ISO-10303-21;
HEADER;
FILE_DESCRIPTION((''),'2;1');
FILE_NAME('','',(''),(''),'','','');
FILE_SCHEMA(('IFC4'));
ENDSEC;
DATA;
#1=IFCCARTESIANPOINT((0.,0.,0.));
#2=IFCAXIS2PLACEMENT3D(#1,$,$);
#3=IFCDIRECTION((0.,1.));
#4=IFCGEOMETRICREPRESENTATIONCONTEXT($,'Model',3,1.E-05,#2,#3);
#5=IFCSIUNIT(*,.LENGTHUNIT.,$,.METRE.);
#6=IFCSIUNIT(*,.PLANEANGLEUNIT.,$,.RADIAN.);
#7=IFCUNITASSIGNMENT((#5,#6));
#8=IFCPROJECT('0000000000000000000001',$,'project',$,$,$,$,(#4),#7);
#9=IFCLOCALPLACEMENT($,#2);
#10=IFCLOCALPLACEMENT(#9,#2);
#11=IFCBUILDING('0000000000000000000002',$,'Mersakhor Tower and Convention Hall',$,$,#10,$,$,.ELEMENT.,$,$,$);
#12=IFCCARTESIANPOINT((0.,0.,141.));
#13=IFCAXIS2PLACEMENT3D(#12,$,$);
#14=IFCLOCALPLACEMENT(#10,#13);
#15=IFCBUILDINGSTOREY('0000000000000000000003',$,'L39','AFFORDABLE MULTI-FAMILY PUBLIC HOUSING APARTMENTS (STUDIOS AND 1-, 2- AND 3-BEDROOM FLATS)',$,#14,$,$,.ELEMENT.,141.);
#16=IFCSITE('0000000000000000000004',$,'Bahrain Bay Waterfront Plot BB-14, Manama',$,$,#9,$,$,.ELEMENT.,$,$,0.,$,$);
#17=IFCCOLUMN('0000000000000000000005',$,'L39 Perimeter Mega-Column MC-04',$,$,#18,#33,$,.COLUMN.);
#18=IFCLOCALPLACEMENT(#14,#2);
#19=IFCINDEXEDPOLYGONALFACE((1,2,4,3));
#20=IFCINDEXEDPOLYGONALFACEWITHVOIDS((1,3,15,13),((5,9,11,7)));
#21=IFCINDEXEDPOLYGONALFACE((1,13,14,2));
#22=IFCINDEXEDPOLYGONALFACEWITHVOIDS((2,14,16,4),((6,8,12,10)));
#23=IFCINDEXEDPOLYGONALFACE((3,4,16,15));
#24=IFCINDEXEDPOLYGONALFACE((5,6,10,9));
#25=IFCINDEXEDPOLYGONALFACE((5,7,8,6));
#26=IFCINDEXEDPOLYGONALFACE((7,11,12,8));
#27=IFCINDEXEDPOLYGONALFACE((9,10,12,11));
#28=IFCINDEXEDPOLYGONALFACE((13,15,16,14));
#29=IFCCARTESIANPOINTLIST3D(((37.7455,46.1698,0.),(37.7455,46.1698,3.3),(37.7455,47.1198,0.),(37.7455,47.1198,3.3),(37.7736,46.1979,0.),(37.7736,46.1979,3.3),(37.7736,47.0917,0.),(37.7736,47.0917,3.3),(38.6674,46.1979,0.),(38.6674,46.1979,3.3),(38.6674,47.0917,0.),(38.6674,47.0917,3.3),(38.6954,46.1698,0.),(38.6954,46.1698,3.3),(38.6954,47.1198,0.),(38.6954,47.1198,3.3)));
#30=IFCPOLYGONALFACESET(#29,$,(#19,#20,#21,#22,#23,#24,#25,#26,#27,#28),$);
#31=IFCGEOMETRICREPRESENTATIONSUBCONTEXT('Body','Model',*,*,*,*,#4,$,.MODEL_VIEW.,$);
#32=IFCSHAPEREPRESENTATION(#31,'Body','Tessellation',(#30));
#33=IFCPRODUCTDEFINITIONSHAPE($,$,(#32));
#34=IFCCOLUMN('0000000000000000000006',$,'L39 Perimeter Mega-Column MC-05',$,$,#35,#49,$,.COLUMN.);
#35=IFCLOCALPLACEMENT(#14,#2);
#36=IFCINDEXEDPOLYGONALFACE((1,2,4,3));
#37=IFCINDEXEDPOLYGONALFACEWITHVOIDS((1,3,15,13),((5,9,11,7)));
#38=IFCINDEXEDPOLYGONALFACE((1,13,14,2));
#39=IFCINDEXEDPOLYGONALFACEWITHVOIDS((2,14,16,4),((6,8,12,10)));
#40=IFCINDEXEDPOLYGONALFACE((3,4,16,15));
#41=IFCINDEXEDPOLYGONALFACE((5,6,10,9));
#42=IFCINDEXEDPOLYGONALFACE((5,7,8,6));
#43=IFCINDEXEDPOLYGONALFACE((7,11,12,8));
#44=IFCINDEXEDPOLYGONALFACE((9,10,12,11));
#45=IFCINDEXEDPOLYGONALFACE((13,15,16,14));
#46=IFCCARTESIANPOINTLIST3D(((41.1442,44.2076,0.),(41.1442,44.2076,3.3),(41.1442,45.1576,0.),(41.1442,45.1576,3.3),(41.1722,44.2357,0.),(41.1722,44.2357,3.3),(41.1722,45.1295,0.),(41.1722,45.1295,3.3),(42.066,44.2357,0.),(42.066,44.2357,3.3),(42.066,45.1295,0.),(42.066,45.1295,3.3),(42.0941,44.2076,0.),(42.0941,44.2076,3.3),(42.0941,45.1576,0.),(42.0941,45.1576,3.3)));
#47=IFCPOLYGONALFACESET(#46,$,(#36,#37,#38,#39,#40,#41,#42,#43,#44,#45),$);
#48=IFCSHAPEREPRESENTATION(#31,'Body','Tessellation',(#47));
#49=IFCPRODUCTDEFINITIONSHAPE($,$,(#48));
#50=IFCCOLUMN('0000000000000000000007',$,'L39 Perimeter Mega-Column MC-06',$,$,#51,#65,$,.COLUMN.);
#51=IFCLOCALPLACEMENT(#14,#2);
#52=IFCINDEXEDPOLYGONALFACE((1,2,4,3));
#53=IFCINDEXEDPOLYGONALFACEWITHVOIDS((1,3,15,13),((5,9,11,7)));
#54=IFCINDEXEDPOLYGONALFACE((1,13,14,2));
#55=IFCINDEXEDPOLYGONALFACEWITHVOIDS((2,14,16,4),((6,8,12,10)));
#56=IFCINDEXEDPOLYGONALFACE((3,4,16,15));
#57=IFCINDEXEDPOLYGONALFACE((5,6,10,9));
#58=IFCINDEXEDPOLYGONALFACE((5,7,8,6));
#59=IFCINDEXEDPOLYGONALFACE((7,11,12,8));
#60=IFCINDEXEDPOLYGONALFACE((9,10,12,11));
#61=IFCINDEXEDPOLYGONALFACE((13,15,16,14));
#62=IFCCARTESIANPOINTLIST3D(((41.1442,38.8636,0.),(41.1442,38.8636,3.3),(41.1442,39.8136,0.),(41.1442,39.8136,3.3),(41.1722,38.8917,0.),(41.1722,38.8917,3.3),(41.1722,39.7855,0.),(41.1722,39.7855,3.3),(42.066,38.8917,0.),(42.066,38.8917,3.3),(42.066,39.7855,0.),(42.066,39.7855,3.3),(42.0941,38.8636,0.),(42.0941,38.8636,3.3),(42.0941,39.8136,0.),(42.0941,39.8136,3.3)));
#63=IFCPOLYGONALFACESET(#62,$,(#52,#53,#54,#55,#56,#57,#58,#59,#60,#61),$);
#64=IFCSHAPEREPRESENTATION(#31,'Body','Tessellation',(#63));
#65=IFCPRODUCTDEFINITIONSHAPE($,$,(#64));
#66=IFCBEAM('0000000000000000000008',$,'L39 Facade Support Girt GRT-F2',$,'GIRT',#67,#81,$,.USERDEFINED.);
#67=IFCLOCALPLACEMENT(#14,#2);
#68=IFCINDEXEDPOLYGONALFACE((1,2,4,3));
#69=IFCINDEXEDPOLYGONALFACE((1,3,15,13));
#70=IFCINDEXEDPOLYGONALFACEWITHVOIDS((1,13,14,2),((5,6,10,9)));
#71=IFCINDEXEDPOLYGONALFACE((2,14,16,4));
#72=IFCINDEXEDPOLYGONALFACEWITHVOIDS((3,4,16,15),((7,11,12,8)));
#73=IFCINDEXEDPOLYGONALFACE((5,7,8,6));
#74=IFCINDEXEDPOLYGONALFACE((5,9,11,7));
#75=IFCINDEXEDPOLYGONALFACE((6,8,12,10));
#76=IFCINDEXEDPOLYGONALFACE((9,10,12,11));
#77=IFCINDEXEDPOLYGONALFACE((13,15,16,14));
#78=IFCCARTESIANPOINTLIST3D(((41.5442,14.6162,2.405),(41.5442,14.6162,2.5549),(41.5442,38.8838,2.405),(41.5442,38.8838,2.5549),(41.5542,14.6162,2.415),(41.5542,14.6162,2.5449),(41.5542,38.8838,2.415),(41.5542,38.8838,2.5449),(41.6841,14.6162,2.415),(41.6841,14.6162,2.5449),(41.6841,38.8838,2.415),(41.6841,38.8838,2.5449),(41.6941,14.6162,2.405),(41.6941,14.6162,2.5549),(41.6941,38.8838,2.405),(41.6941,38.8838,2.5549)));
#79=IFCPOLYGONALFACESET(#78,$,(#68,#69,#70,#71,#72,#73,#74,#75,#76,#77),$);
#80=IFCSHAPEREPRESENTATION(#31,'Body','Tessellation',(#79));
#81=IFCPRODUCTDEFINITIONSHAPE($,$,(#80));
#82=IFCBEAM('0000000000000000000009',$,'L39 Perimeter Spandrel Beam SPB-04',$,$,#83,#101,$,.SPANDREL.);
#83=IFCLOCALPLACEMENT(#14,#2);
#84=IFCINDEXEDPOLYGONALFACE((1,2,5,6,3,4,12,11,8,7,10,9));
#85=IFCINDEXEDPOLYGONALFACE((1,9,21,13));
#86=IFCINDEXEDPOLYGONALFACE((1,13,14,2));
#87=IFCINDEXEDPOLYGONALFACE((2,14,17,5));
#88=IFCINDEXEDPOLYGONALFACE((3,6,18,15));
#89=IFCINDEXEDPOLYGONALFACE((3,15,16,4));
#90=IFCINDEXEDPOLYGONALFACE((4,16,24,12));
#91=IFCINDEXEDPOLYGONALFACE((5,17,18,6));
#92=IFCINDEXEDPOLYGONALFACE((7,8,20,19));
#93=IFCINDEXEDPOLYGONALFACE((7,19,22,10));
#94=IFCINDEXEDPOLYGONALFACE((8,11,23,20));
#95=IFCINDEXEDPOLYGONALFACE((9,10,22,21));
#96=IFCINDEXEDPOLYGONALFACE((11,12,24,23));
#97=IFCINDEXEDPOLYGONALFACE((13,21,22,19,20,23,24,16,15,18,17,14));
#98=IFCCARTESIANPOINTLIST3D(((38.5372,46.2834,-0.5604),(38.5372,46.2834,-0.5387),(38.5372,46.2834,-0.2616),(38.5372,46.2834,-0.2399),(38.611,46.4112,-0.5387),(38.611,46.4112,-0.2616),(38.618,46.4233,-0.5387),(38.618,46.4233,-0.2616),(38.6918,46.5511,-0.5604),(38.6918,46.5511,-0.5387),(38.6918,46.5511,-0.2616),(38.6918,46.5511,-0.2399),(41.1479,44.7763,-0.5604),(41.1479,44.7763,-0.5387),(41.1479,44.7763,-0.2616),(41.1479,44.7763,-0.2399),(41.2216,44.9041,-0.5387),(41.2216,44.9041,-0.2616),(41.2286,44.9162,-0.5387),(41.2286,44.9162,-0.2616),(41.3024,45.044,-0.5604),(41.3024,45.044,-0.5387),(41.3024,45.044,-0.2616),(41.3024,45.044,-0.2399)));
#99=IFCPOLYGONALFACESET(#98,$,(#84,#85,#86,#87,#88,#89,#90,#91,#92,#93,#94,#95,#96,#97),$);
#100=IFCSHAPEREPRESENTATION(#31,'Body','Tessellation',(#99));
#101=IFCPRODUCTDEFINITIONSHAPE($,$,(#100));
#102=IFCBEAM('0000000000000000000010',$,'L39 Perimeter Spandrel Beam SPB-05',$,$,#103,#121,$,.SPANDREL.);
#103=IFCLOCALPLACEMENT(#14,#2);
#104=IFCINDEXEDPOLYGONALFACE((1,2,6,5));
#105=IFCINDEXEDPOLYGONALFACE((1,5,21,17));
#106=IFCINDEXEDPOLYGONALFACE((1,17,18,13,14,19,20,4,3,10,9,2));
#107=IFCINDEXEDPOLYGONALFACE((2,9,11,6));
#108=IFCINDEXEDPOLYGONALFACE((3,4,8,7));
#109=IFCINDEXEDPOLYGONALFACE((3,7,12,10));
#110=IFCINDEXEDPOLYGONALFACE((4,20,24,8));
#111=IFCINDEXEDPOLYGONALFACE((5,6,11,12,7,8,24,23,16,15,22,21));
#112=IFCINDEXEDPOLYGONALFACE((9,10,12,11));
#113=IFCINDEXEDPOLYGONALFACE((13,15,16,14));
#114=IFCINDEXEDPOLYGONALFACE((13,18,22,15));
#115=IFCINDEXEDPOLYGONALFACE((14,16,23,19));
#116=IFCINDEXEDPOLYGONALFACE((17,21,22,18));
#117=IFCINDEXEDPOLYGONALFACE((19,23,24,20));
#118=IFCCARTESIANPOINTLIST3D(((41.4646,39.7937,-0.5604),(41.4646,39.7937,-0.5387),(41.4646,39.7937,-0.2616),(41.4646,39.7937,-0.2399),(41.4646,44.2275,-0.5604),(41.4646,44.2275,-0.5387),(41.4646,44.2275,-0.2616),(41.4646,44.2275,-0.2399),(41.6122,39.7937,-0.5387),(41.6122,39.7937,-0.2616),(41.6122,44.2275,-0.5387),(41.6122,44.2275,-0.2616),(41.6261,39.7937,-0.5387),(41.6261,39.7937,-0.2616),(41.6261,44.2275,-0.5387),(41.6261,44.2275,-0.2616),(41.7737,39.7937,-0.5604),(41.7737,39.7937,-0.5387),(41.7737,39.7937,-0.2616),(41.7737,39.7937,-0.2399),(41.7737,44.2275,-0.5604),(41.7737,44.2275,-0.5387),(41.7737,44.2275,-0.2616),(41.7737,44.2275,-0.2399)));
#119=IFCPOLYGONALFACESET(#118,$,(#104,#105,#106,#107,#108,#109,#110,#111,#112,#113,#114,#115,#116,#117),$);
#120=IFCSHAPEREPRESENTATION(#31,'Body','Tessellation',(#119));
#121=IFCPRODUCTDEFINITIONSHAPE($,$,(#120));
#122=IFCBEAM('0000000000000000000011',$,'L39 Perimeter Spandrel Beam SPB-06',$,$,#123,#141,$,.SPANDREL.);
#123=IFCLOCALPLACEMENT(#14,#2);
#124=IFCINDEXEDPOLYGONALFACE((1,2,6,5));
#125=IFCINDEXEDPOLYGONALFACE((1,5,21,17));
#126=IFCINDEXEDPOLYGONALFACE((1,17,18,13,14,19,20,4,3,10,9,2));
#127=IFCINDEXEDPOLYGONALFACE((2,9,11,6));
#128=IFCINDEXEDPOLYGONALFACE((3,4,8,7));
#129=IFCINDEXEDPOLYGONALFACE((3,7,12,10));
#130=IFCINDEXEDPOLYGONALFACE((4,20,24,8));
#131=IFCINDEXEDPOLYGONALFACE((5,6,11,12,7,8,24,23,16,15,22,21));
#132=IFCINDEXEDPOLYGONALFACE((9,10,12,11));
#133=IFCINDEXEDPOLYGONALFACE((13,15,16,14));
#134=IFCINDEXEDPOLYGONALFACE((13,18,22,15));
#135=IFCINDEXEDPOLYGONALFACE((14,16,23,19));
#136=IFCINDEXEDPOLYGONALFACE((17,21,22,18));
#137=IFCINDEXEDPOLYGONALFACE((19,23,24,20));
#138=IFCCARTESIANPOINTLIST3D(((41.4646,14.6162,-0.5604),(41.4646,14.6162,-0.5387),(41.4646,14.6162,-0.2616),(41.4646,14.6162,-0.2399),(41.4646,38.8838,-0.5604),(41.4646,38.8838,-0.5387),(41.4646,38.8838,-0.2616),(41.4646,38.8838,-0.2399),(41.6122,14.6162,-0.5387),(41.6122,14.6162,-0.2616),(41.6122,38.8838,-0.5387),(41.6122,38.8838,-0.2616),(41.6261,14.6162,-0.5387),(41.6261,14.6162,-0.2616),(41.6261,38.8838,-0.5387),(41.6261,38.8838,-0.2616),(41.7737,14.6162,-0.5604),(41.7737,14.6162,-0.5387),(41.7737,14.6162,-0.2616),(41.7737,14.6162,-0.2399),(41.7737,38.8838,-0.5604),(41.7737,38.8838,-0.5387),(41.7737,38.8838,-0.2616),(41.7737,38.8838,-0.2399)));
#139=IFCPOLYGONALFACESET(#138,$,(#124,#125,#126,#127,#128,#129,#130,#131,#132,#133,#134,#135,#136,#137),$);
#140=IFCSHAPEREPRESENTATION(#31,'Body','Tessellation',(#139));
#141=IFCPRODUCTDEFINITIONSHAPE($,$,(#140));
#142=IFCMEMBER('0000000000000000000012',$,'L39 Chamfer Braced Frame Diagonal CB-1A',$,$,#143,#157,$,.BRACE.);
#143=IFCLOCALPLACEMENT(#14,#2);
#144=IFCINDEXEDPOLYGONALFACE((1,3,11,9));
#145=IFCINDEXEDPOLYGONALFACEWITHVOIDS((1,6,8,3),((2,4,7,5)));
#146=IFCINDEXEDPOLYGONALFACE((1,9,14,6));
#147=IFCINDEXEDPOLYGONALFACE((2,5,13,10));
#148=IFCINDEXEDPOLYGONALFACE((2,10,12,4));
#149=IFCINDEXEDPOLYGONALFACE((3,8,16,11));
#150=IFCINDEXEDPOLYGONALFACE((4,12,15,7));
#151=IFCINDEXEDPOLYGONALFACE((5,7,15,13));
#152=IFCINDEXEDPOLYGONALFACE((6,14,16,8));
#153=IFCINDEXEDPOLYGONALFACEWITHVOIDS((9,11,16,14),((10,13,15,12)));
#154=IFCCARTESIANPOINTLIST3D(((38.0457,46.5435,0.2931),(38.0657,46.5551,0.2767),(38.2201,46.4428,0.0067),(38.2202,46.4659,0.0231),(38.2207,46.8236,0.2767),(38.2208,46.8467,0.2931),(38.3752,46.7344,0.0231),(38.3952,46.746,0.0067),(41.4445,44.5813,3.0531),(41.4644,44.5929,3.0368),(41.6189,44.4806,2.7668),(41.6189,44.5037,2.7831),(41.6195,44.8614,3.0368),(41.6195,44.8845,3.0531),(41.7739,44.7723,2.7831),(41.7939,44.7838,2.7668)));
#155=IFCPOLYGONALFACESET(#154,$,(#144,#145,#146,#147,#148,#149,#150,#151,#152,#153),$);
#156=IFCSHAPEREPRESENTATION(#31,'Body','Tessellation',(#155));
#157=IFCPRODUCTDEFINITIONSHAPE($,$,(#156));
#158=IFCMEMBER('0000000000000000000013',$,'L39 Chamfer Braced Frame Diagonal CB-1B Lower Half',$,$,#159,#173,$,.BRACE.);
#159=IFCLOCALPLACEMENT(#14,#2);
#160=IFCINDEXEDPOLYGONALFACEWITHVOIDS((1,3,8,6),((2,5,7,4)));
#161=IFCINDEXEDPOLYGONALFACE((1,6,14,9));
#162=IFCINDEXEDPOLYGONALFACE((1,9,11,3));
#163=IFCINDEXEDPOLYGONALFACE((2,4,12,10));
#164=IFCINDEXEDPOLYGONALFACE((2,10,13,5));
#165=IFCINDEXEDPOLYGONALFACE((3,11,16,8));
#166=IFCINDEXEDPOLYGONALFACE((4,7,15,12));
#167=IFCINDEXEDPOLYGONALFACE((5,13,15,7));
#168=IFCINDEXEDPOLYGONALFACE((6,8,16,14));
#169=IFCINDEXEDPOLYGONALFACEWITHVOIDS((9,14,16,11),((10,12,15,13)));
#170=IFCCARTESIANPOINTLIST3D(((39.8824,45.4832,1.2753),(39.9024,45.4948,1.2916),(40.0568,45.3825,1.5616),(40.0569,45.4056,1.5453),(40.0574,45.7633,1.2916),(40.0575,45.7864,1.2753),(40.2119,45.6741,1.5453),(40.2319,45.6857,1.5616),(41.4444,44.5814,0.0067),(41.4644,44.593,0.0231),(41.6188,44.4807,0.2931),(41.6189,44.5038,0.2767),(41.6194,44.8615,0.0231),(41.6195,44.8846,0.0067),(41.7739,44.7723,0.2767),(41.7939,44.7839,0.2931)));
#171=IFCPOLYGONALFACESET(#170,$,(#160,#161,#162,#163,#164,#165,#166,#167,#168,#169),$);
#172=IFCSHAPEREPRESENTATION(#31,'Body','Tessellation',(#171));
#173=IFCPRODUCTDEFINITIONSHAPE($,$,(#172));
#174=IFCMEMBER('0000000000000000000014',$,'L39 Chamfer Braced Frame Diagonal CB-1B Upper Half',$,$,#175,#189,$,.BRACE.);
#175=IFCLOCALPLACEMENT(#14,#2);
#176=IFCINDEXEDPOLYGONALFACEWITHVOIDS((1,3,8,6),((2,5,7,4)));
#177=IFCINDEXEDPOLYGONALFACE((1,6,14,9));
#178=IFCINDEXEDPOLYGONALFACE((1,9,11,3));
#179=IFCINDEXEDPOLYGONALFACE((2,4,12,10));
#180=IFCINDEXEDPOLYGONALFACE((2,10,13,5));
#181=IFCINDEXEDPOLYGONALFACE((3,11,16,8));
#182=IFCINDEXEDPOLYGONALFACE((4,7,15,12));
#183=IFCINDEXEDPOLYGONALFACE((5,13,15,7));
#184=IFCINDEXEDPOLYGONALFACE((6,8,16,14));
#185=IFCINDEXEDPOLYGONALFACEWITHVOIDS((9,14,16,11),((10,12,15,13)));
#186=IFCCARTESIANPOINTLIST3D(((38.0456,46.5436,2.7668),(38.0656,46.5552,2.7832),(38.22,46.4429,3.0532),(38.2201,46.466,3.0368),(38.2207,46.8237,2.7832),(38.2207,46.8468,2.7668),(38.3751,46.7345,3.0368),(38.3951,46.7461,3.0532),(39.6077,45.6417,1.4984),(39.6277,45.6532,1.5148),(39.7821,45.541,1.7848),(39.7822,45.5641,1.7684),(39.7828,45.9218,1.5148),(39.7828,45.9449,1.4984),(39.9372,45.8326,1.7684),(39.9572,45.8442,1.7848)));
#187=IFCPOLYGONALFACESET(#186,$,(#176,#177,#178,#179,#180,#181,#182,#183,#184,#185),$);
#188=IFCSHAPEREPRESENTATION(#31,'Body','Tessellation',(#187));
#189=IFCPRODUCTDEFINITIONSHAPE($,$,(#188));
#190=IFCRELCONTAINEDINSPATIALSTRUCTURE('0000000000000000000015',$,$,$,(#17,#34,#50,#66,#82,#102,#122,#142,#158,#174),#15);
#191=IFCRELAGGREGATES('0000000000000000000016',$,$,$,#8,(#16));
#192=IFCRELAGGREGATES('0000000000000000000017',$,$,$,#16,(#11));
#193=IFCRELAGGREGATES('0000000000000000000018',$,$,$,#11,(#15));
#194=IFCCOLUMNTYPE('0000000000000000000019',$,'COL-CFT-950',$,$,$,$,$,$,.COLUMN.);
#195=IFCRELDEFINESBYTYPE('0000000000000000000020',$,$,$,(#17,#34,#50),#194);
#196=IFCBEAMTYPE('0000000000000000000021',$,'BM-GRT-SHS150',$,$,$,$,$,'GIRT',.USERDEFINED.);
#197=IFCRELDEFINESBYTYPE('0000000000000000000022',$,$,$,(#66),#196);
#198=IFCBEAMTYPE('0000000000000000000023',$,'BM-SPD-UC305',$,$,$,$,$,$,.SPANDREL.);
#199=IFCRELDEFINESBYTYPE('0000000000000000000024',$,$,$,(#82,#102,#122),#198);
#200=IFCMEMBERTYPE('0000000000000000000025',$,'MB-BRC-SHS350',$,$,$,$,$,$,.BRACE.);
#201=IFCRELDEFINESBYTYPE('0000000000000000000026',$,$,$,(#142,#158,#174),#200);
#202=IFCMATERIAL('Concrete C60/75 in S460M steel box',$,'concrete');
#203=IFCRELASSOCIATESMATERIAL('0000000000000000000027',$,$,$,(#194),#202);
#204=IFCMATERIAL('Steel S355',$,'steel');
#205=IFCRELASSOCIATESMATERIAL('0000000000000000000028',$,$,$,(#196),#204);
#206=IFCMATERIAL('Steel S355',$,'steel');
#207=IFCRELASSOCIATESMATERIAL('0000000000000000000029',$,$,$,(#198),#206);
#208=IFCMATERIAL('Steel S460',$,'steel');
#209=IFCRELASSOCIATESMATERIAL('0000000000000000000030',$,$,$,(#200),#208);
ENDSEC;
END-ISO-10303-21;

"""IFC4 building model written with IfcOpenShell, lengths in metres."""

from ifc_helpers import new_model, si_unit, direction, frame, origin, origin_2d, place, context, subcontext, project, spatial, hollow_rectangle, i_section, extrude, material, material_profile, profile_set, type_object, element, save


model = new_model("IFC4")

# Units and contexts
model_context = context("Model", 3, precision=1e-05, world=origin(), true_north=direction((0.0, 1.0)))
body_context = subcontext(model_context, "Body", "Model", "MODEL_VIEW")
ifc_project = project(units=[si_unit("LENGTHUNIT", "METRE"), si_unit("PLANEANGLEUNIT", "RADIAN")], contexts=[model_context])

# Site, building, storey
site_placement = place(None, origin())
site = spatial("IfcSite", under=ifc_project, at=site_placement, Name="Bahrain Bay Waterfront Plot BB-14, Manama", CompositionType="ELEMENT", RefElevation=0.0)
building_placement = place(site_placement, origin())
building = spatial("IfcBuilding", under=site, at=building_placement, Name="Mersakhor Tower and Convention Hall", CompositionType="ELEMENT")
storey_placement = place(building_placement, frame((0.0, 0.0, 141.0)))
storey = spatial("IfcBuildingStorey", under=building, at=storey_placement, Name="L39", Description="AFFORDABLE MULTI-FAMILY PUBLIC HOUSING APARTMENTS (STUDIOS AND 1-, 2- AND 3-BEDROOM FLATS)", CompositionType="ELEMENT", Elevation=141.0)

# Columns
ifc_material_1 = material(Name="Concrete C60/75 in S460M steel box", Category="concrete")
ifc_material_profile_1 = material_profile(ifc_material_1, hollow_rectangle(XDim=0.95, YDim=0.95, WallThickness=0.0281, at=origin_2d()), Name="SHS 950x950x28")
ifc_profile_set_1 = profile_set([ifc_material_profile_1], Name="Concrete C60/75 in S460M steel box")
column_type = type_object("IfcColumnType", Name="COL-CFT-950", PredefinedType="COLUMN", material=ifc_profile_set_1)
for number, where, z_axis, x_axis, name in (
    (1, (38.2205, 46.6448, 0.0), (0.0, 0.0, 1.0), (1.0, 0.0, 0.0), "L39 Perimeter Mega-Column MC-04"),
    (2, (41.6191, 44.6826, 0.0), (0.0, 0.0, 1.0), (1.0, 0.0, 0.0), "L39 Perimeter Mega-Column MC-05"),
    (3, (41.6191, 39.3386, 0.0), (0.0, 0.0, 1.0), (1.0, 0.0, 0.0), "L39 Perimeter Mega-Column MC-06"),
):
    element("IfcColumn", number, at=place(storey_placement, frame(where, z_axis=z_axis, x_axis=x_axis)), inside=storey, type_object=column_type, Name=name, PredefinedType="COLUMN", context=body_context, shape_type="SweptSolid", body=[
        extrude(hollow_rectangle(XDim=0.95, YDim=0.95, WallThickness=0.0281, at=origin_2d()), origin(), (0.0, 0.0, 1.0), 3.3),
    ])

# Beams
ifc_material_2 = material(Name="Steel S355", Category="steel")
ifc_material_profile_2 = material_profile(ifc_material_2, hollow_rectangle(XDim=0.1499, YDim=0.1499, WallThickness=0.01, at=origin_2d()), Name="SHS 150x150x10")
ifc_profile_set_2 = profile_set([ifc_material_profile_2], Name="Steel S355")
beam_type_1 = type_object("IfcBeamType", Name="BM-GRT-SHS150", ElementType="GIRT", PredefinedType="USERDEFINED", material=ifc_profile_set_2)
beam_1_placement = place(storey_placement, frame((41.6191, 38.8838, 2.48), z_axis=(0.0, -1.0, 0.0), x_axis=(1.0, 0.0, 0.0)))
element("IfcBeam", 4, at=beam_1_placement, inside=storey, type_object=beam_type_1, Name="L39 Facade Support Girt GRT-F2", ObjectType="GIRT", PredefinedType="USERDEFINED", context=body_context, shape_type="SweptSolid", body=[
    extrude(hollow_rectangle(XDim=0.1499, YDim=0.1499, WallThickness=0.01, at=origin_2d()), origin(), (0.0, 0.0, 1.0), 24.2676),
])
ifc_material_3 = material(Name="Steel S355", Category="steel")
ifc_material_profile_3 = material_profile(ifc_material_3, i_section(OverallWidth=0.3091, OverallDepth=0.3206, WebThickness=0.0139, FlangeThickness=0.0217, at=origin_2d()), Name="UC 305x305x137")
ifc_profile_set_3 = profile_set([ifc_material_profile_3], Name="Steel S355")
beam_type_2 = type_object("IfcBeamType", Name="BM-SPD-UC305", PredefinedType="SPANDREL", material=ifc_profile_set_3)
beam_2_placement = place(storey_placement, frame((38.6145, 46.4172, -0.4001), z_axis=(0.866047, -0.499963, 0.0), x_axis=(0.499963, 0.866047, 0.0)))
element("IfcBeam", 5, at=beam_2_placement, inside=storey, type_object=beam_type_2, Name="L39 Perimeter Spandrel Beam SPB-04", PredefinedType="SPANDREL", context=body_context, shape_type="SweptSolid", body=[
    extrude(i_section(OverallWidth=0.3091, OverallDepth=0.3206, WebThickness=0.0139, FlangeThickness=0.0217, at=origin_2d()), origin(), (0.0, 0.0, 1.0), 3.0144),
])
beam_3_placement = place(storey_placement, frame((41.6191, 44.2275, -0.4001), z_axis=(0.0, -1.0, 0.0), x_axis=(1.0, 0.0, 0.0)))
element("IfcBeam", 6, at=beam_3_placement, inside=storey, type_object=beam_type_2, Name="L39 Perimeter Spandrel Beam SPB-05", PredefinedType="SPANDREL", context=body_context, shape_type="SweptSolid", body=[
    extrude(i_section(OverallWidth=0.3091, OverallDepth=0.3206, WebThickness=0.0139, FlangeThickness=0.0217, at=origin_2d()), origin(), (0.0, 0.0, 1.0), 4.4338),
])
beam_4_placement = place(storey_placement, frame((41.6191, 38.8838, -0.4001), z_axis=(0.0, -1.0, 0.0), x_axis=(1.0, 0.0, 0.0)))
element("IfcBeam", 7, at=beam_4_placement, inside=storey, type_object=beam_type_2, Name="L39 Perimeter Spandrel Beam SPB-06", PredefinedType="SPANDREL", context=body_context, shape_type="SweptSolid", body=[
    extrude(i_section(OverallWidth=0.3091, OverallDepth=0.3206, WebThickness=0.0139, FlangeThickness=0.0217, at=origin_2d()), origin(), (0.0, 0.0, 1.0), 24.2676),
])

# Members
ifc_material_4 = material(Name="Steel S460", Category="steel")
ifc_material_profile_4 = material_profile(ifc_material_4, hollow_rectangle(XDim=0.3501, YDim=0.3501, WallThickness=0.02, at=origin_2d()), Name="SHS 350x350x20")
ifc_profile_set_4 = profile_set([ifc_material_profile_4], Name="Steel S460")
member_type = type_object("IfcMemberType", Name="MB-BRC-SHS350", PredefinedType="BRACE", material=ifc_profile_set_4)
member_placement = place(storey_placement, frame((38.2205, 46.6448, 0.1499), z_axis=(0.708385, -0.408972, 0.575267), x_axis=(0.499986, 0.866033, 0.0)))
element("IfcMember", 8, at=member_placement, inside=storey, type_object=member_type, Name="L39 Chamfer Braced Frame Diagonal CB-1A", PredefinedType="BRACE", context=body_context, shape_type="SweptSolid", body=[
    extrude(hollow_rectangle(XDim=0.3501, YDim=0.3501, WallThickness=0.02, at=origin_2d()), origin(), (0.0, 0.0, 1.0), 4.7979),
])
for number, where, z_axis, x_axis, name in (
    (9, (41.6191, 44.6826, 0.1499), (-0.708364, 0.408987, 0.575283), (-0.500011, -0.866019, 0.0), "L39 Chamfer Braced Frame Diagonal CB-1B Lower Half"),
    (10, (39.7825, 45.7429, 1.6416), (-0.708409, 0.409013, 0.575209), (-0.500011, -0.866019, 0.0), "L39 Chamfer Braced Frame Diagonal CB-1B Upper Half"),
):
    element("IfcMember", number, at=place(storey_placement, frame(where, z_axis=z_axis, x_axis=x_axis)), inside=storey, type_object=member_type, Name=name, PredefinedType="BRACE", context=body_context, shape_type="SweptSolid", body=[
        extrude(hollow_rectangle(XDim=0.3501, YDim=0.3501, WallThickness=0.02, at=origin_2d()), origin(), (0.0, 0.0, 1.0), 2.2051),
    ])

save(model, "model.ifc")
